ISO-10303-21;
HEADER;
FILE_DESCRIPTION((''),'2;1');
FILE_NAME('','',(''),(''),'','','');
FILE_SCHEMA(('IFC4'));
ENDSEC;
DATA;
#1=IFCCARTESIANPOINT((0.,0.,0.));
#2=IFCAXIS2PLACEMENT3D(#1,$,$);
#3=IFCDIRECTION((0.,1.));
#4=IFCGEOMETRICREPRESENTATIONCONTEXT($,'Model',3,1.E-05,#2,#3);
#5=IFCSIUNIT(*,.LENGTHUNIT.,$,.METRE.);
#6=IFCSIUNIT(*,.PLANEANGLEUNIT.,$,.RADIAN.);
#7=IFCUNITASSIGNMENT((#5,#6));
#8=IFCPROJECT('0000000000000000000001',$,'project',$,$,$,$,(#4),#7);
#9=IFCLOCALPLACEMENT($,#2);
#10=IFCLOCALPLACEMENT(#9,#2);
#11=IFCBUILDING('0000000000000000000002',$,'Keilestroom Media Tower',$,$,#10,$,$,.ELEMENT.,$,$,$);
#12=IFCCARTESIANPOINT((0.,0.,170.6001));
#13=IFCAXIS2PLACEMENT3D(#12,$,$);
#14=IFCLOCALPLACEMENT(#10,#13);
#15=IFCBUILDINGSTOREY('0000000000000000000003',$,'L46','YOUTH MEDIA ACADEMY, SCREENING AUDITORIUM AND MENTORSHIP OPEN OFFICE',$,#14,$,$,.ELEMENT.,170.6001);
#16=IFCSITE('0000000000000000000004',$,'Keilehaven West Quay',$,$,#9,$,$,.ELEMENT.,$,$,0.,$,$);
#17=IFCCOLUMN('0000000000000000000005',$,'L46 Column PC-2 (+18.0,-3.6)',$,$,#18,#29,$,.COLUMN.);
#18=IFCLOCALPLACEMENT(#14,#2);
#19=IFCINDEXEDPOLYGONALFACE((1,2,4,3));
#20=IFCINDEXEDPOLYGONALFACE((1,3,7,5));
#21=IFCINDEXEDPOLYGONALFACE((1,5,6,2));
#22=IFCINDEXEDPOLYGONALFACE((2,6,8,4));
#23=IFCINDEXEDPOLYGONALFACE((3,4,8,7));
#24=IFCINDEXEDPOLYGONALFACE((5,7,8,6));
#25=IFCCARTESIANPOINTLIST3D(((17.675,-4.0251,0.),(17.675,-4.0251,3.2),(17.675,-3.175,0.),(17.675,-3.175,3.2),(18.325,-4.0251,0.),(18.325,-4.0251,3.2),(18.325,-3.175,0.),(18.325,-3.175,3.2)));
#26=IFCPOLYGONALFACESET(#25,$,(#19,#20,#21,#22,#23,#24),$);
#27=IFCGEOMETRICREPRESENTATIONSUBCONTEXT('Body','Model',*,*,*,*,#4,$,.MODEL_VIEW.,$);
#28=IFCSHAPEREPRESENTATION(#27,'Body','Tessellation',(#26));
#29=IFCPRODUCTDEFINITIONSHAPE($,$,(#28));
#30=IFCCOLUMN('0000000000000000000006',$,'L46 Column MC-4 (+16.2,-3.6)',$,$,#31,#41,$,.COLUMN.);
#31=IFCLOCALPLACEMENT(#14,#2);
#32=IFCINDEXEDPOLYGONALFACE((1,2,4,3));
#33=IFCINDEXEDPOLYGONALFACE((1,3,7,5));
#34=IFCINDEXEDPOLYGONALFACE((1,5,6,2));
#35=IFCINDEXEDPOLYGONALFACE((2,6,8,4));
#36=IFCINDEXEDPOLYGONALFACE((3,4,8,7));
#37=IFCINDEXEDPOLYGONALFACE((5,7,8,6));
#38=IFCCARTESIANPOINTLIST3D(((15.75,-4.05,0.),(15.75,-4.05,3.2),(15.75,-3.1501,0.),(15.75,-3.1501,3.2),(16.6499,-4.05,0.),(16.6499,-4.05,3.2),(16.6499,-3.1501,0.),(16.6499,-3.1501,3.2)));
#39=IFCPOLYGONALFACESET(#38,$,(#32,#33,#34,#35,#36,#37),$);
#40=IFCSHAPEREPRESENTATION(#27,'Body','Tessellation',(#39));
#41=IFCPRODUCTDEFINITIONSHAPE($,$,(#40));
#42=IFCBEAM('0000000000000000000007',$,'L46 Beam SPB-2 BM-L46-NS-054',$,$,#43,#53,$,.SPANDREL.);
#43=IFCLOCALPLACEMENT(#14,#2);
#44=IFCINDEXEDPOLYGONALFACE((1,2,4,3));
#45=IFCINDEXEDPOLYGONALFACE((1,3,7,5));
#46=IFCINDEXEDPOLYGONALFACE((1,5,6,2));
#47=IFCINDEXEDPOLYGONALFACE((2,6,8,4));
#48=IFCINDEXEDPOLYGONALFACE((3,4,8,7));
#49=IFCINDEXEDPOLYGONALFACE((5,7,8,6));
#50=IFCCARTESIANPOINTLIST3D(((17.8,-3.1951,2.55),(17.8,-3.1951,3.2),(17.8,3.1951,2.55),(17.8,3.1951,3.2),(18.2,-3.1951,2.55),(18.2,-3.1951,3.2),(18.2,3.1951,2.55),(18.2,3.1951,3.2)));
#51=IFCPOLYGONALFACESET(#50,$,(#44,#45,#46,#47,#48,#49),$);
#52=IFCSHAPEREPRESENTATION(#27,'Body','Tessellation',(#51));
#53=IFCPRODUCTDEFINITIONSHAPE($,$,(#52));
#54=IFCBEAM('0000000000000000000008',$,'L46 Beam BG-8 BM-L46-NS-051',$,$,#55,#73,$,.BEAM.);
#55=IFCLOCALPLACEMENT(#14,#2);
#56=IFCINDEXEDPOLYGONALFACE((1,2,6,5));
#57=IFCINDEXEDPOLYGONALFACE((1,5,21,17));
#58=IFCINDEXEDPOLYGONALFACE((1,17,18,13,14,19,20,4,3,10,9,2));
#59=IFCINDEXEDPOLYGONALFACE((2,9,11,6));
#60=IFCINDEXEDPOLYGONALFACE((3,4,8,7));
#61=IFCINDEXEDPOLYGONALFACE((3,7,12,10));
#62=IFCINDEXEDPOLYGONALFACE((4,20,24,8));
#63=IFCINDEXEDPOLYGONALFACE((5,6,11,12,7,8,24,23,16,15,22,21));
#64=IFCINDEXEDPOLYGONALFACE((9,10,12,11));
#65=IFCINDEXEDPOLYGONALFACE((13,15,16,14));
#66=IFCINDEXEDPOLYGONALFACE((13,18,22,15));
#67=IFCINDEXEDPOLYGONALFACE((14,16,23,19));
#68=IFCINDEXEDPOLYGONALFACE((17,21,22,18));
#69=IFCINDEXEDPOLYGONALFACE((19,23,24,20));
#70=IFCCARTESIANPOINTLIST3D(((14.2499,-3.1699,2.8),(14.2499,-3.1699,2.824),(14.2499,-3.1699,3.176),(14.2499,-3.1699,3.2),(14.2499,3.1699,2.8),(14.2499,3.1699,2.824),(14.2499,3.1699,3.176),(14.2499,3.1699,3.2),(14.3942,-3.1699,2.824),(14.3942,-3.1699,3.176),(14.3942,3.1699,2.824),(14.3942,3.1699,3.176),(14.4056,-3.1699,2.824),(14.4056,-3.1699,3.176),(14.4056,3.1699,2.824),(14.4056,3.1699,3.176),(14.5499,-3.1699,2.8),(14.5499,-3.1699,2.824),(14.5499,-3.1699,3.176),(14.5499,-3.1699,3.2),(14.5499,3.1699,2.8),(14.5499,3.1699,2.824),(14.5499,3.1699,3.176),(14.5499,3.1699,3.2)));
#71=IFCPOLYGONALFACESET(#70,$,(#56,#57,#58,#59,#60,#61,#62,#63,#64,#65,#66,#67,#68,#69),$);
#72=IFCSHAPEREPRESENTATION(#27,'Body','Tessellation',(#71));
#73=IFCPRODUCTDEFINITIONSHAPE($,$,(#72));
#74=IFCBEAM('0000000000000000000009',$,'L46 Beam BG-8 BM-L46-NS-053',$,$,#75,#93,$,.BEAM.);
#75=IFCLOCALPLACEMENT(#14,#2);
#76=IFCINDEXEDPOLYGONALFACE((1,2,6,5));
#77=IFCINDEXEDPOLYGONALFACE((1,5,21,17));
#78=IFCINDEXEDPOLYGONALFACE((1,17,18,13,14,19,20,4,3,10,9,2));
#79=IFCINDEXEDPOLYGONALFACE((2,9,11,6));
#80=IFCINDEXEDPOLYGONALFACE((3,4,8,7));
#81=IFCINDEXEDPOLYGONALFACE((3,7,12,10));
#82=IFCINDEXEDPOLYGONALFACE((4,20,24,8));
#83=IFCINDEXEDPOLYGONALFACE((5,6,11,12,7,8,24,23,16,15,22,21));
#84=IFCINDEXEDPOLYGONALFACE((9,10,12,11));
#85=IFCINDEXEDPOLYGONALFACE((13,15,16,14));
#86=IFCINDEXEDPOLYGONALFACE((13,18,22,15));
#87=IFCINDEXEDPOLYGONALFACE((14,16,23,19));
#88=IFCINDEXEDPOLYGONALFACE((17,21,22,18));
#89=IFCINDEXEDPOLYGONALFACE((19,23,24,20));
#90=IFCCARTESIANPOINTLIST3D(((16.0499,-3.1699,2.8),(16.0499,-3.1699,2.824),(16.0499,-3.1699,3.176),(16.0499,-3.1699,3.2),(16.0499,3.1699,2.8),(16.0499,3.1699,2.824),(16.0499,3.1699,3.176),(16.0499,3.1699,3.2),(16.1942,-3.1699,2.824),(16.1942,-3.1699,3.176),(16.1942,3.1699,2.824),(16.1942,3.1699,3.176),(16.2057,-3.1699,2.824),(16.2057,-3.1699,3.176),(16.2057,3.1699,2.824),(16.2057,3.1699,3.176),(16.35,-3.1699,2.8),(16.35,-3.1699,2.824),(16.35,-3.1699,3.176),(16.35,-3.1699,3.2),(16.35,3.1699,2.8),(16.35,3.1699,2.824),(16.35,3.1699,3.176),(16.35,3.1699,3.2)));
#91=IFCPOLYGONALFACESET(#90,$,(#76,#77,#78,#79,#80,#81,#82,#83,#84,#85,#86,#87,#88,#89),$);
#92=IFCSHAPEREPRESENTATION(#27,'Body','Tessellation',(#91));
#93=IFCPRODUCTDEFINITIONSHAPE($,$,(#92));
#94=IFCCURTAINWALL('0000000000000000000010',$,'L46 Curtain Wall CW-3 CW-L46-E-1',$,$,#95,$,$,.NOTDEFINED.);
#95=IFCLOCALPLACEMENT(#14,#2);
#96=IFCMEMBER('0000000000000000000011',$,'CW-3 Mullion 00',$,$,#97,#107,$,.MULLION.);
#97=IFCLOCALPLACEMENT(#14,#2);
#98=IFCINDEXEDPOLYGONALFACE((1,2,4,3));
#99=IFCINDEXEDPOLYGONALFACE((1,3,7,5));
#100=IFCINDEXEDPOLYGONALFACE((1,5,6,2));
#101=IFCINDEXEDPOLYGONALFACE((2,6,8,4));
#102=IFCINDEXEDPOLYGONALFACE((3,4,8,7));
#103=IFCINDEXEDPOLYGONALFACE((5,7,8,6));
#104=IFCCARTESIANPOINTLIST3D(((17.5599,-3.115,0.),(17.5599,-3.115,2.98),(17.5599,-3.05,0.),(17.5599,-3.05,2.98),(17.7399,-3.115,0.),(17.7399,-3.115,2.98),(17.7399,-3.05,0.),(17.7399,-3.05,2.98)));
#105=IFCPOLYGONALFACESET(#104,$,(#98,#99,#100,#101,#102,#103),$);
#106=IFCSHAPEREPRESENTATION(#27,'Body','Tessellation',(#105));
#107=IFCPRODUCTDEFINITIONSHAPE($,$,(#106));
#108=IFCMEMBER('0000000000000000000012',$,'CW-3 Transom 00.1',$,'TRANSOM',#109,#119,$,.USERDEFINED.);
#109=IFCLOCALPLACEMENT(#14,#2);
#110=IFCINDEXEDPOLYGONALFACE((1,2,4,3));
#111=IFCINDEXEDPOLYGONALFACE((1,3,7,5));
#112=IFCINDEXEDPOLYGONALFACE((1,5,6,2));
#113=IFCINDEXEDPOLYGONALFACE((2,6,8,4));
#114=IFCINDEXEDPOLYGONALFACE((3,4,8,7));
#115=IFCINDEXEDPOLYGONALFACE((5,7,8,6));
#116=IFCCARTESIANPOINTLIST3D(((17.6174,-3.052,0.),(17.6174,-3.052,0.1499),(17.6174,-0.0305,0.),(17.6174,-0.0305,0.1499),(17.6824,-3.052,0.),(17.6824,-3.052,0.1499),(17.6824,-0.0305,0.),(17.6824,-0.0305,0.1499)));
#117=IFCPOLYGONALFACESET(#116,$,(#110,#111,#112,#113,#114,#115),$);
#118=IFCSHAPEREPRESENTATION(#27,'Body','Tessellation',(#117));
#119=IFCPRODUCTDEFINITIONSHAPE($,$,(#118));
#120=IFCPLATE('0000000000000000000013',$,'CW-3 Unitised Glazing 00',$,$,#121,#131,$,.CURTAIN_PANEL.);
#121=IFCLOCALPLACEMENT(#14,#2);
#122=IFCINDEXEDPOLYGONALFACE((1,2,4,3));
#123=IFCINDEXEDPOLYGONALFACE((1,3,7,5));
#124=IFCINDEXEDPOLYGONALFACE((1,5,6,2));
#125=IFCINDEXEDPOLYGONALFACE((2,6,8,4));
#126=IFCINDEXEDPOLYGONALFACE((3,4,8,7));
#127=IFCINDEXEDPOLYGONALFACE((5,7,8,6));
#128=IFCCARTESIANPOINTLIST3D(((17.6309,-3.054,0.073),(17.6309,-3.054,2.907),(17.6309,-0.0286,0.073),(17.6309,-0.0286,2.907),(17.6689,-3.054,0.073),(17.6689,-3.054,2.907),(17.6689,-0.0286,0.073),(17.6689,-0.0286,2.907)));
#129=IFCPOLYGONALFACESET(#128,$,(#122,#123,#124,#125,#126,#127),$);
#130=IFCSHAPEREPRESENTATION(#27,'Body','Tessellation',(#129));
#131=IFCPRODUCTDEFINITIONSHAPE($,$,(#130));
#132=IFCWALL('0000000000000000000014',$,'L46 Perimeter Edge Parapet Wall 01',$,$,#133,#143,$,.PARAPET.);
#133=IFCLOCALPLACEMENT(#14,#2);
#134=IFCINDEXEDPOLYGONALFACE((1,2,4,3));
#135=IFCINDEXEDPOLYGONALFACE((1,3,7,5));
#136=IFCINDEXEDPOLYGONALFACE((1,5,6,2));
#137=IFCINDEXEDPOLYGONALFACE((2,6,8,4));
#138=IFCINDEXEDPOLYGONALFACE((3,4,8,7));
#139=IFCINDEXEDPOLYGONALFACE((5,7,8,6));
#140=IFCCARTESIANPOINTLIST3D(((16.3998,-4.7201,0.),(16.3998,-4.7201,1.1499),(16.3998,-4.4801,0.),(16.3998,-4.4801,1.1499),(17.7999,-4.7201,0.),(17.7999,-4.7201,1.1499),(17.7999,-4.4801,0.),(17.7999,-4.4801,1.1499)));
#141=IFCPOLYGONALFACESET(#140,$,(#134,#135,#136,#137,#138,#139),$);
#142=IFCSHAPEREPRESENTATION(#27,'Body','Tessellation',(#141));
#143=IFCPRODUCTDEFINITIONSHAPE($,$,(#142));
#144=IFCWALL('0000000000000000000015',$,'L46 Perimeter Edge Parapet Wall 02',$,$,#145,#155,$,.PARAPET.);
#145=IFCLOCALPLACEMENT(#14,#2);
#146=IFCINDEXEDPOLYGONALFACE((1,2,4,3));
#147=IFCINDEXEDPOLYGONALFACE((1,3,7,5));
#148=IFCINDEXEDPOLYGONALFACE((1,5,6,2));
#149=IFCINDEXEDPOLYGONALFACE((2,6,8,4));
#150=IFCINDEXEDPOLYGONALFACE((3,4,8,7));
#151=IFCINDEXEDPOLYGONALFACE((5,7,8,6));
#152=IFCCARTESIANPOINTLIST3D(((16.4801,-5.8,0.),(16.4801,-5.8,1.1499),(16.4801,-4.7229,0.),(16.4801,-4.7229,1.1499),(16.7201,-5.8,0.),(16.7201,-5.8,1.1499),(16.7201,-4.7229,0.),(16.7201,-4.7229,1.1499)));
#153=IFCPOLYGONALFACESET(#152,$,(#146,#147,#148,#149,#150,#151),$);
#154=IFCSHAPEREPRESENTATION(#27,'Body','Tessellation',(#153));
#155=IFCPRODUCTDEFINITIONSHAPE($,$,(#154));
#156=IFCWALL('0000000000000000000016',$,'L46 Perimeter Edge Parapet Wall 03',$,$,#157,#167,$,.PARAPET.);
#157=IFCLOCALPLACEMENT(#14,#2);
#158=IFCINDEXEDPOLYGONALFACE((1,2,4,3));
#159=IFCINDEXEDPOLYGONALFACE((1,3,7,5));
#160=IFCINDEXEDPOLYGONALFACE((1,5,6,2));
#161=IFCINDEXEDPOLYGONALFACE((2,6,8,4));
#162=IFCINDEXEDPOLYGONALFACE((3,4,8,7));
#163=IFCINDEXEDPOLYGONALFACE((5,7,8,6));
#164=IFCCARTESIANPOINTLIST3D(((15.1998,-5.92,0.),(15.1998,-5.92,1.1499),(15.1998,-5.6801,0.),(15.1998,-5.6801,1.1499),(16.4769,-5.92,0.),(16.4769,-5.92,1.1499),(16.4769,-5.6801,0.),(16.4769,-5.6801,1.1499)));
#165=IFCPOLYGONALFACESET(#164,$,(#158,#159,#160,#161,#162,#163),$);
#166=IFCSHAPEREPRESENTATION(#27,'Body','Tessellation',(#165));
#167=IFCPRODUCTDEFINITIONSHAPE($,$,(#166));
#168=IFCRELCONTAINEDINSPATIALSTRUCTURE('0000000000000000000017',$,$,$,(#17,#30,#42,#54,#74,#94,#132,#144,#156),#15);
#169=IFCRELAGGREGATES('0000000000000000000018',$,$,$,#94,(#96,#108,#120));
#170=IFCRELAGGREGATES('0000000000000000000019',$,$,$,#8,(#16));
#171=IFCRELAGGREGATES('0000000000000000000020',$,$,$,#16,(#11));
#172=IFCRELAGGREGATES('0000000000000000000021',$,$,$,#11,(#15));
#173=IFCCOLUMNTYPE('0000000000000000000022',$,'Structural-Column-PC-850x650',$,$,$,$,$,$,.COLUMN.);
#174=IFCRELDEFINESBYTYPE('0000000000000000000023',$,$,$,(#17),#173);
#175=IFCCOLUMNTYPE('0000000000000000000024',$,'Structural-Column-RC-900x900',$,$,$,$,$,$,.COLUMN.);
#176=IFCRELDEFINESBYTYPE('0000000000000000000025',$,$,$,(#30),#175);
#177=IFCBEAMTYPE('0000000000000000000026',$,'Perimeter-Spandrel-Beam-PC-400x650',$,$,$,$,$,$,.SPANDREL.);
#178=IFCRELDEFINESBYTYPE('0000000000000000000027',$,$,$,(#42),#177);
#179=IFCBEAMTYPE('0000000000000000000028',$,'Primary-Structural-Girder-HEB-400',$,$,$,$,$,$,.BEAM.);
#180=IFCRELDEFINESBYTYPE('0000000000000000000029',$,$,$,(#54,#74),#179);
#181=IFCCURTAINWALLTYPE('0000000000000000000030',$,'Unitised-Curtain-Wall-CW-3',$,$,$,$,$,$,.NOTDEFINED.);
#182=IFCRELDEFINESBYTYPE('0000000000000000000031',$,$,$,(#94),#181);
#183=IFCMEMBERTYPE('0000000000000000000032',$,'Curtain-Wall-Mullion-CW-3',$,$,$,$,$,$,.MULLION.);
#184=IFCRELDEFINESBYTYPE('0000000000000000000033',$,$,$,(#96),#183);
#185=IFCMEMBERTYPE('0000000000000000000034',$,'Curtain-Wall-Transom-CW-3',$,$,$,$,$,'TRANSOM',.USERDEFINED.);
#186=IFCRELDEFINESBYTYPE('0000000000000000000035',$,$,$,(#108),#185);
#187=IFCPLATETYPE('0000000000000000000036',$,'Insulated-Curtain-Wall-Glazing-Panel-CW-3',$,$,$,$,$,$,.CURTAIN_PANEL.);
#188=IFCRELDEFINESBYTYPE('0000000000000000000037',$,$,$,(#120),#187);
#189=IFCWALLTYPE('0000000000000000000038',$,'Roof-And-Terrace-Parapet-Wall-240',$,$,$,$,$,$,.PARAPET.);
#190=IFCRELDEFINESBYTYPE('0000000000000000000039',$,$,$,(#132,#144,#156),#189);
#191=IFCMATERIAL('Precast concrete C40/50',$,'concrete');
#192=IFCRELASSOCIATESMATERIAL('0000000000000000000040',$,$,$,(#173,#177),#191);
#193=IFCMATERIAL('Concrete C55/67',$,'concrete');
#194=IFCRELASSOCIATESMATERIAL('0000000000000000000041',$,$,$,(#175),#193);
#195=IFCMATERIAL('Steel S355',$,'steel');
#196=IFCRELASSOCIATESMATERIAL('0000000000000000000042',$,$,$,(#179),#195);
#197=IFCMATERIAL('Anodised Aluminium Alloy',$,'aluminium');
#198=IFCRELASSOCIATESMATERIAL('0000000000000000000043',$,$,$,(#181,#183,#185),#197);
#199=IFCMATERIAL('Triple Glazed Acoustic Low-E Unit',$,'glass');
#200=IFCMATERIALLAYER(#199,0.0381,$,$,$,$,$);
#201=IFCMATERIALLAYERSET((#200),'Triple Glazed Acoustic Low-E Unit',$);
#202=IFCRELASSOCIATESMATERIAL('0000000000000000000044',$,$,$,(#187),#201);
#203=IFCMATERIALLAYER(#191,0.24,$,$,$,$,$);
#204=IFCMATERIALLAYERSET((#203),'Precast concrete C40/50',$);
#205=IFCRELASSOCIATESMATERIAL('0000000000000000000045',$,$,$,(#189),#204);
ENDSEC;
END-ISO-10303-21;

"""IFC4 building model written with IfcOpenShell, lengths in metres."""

from ifc_helpers import new_model, si_unit, direction, frame, frame_2d, origin, origin_2d, place, context, subcontext, project, spatial, rectangle, i_section, extrude, source, transform, mapped, material, layer, layer_set, material_profile, profile_set, type_object, element, aggregate, save


model = new_model("IFC4")

# Units and contexts
model_context = context("Model", 3, precision=1e-05, world=origin(), true_north=direction((0.0, 1.0)))
body_context = subcontext(model_context, "Body", "Model", "MODEL_VIEW")
ifc_project = project(units=[si_unit("LENGTHUNIT", "METRE"), si_unit("PLANEANGLEUNIT", "RADIAN")], contexts=[model_context])

# Site, building, storey
site_placement = place(None, origin())
site = spatial("IfcSite", under=ifc_project, at=site_placement, Name="Keilehaven West Quay", CompositionType="ELEMENT", RefElevation=0.0)
building_placement = place(site_placement, origin())
building = spatial("IfcBuilding", under=site, at=building_placement, Name="Keilestroom Media Tower", CompositionType="ELEMENT")
storey_placement = place(building_placement, frame((0.0, 0.0, 170.6001)))
storey = spatial("IfcBuildingStorey", under=building, at=storey_placement, Name="L46", Description="YOUTH MEDIA ACADEMY, SCREENING AUDITORIUM AND MENTORSHIP OPEN OFFICE", CompositionType="ELEMENT", Elevation=170.6001)

# Columns
ifc_material_1 = material(Name="Precast concrete C40/50", Category="concrete")
ifc_material_profile_1 = material_profile(ifc_material_1, rectangle(XDim=0.6499, YDim=0.8501, at=origin_2d()), Name="PC 850x650")
ifc_profile_set_1 = profile_set([ifc_material_profile_1], Name="Precast concrete C40/50")
column_type_1 = type_object("IfcColumnType", Name="Structural-Column-PC-850x650", PredefinedType="COLUMN", material=ifc_profile_set_1)
shared_shape_1 = source(origin(), body_context, "Body", "SweptSolid", [
    extrude(rectangle(XDim=0.6499, YDim=0.8501, at=origin_2d()), origin(), (0.0, 0.0, 1.0), 3.2),
])
column_1_placement = place(storey_placement, frame((18.0, -3.6001, 0.0), z_axis=(0.0, 0.0, 1.0), x_axis=(1.0, 0.0, 0.0)))
element("IfcColumn", 1, at=column_1_placement, inside=storey, type_object=column_type_1, Name="L46 Column PC-2 (+18.0,-3.6)", PredefinedType="COLUMN", context=body_context, shape_type="MappedRepresentation", body=[
    mapped(shared_shape_1, transform((0.0, 0.0, 0.0), x_axis=(1.0, 0.0, 0.0), y_axis=(0.0, 1.0, 0.0), z_axis=(0.0, 0.0, 1.0), scale=1.0)),
])
ifc_material_2 = material(Name="Concrete C55/67", Category="concrete")
ifc_material_profile_2 = material_profile(ifc_material_2, rectangle(XDim=0.8999, YDim=0.8999, at=origin_2d()), Name="RC 900x900")
ifc_profile_set_2 = profile_set([ifc_material_profile_2], Name="Concrete C55/67")
column_type_2 = type_object("IfcColumnType", Name="Structural-Column-RC-900x900", PredefinedType="COLUMN", material=ifc_profile_set_2)
shared_shape_2 = source(origin(), body_context, "Body", "SweptSolid", [
    extrude(rectangle(XDim=0.8999, YDim=0.8999, at=origin_2d()), origin(), (0.0, 0.0, 1.0), 3.2),
])
column_2_placement = place(storey_placement, frame((16.2, -3.6001, 0.0), z_axis=(0.0, 0.0, 1.0), x_axis=(1.0, 0.0, 0.0)))
element("IfcColumn", 2, at=column_2_placement, inside=storey, type_object=column_type_2, Name="L46 Column MC-4 (+16.2,-3.6)", PredefinedType="COLUMN", context=body_context, shape_type="MappedRepresentation", body=[
    mapped(shared_shape_2, transform((0.0, 0.0, 0.0), x_axis=(1.0, 0.0, 0.0), y_axis=(0.0, 1.0, 0.0), z_axis=(0.0, 0.0, 1.0), scale=1.0)),
])

# Beams
ifc_material_profile_3 = material_profile(ifc_material_1, rectangle(XDim=0.3999, YDim=0.6499, at=origin_2d()), Name="PC 400x650")
ifc_profile_set_3 = profile_set([ifc_material_profile_3], Name="Precast concrete C40/50")
beam_type_1 = type_object("IfcBeamType", Name="Perimeter-Spandrel-Beam-PC-400x650", PredefinedType="SPANDREL", material=ifc_profile_set_3)
shared_shape_3 = source(origin(), body_context, "Body", "SweptSolid", [
    extrude(rectangle(XDim=0.3999, YDim=0.6499, at=origin_2d()), origin(), (0.0, 0.0, 1.0), 6.3901),
])
beam_placement = place(storey_placement, frame((18.0, -3.1951, 2.875), z_axis=(0.0, 1.0, 0.0), x_axis=(-1.0, 0.0, 0.0)))
element("IfcBeam", 3, at=beam_placement, inside=storey, type_object=beam_type_1, Name="L46 Beam SPB-2 BM-L46-NS-054", PredefinedType="SPANDREL", context=body_context, shape_type="MappedRepresentation", body=[
    mapped(shared_shape_3, transform((0.0, 0.0, 0.0), x_axis=(1.0, 0.0, 0.0), y_axis=(0.0, 1.0, 0.0), z_axis=(0.0, 0.0, 1.0), scale=1.0)),
])
ifc_material_3 = material(Name="Steel S355", Category="steel")
ifc_material_profile_4 = material_profile(ifc_material_3, i_section(OverallWidth=0.3, OverallDepth=0.3999, WebThickness=0.0115, FlangeThickness=0.0239, at=origin_2d()), Name="HEB 400")
ifc_profile_set_4 = profile_set([ifc_material_profile_4], Name="Steel S355")
beam_type_2 = type_object("IfcBeamType", Name="Primary-Structural-Girder-HEB-400", PredefinedType="BEAM", material=ifc_profile_set_4)
shared_shape_4 = source(origin(), body_context, "Body", "SweptSolid", [
    extrude(i_section(OverallWidth=0.3, OverallDepth=0.3999, WebThickness=0.0115, FlangeThickness=0.0239, at=origin_2d()), origin(), (0.0, 0.0, 1.0), 6.3398),
])
for number, where, z_axis, x_axis, name in (
    (4, (14.3999, -3.1699, 3.0), (0.0, 1.0, 0.0), (-1.0, 0.0, 0.0), "L46 Beam BG-8 BM-L46-NS-051"),
    (5, (16.2, -3.1699, 3.0), (0.0, 1.0, 0.0), (-1.0, 0.0, 0.0), "L46 Beam BG-8 BM-L46-NS-053"),
):
    element("IfcBeam", number, at=place(storey_placement, frame(where, z_axis=z_axis, x_axis=x_axis)), inside=storey, type_object=beam_type_2, Name=name, PredefinedType="BEAM", context=body_context, shape_type="MappedRepresentation", body=[
        mapped(shared_shape_4, transform((0.0, 0.0, 0.0), x_axis=(1.0, 0.0, 0.0), y_axis=(0.0, 1.0, 0.0), z_axis=(0.0, 0.0, 1.0), scale=1.0)),
    ])

# Curtain wall, members, plate
ifc_material_4 = material(Name="Anodised Aluminium Alloy", Category="aluminium")
curtain_wall_type = type_object("IfcCurtainWallType", Name="Unitised-Curtain-Wall-CW-3", PredefinedType="NOTDEFINED", material=ifc_material_4)
curtain_wall_placement = place(storey_placement, origin())
curtain_wall = element("IfcCurtainWall", 6, at=curtain_wall_placement, inside=storey, type_object=curtain_wall_type, Name="L46 Curtain Wall CW-3 CW-L46-E-1", PredefinedType="NOTDEFINED")
ifc_material_profile_5 = material_profile(ifc_material_4, rectangle(XDim=0.0649, YDim=0.1799, at=origin_2d()), Name="ALU MULLION 65x180")
ifc_profile_set_5 = profile_set([ifc_material_profile_5], Name="Anodised Aluminium Alloy")
member_type_1 = type_object("IfcMemberType", Name="Curtain-Wall-Mullion-CW-3", PredefinedType="MULLION", material=ifc_profile_set_5)
shared_shape_5 = source(origin(), body_context, "Body", "SweptSolid", [
    extrude(rectangle(XDim=0.0649, YDim=0.1799, at=origin_2d()), origin(), (0.0, 0.0, 1.0), 2.98),
])
member_1_placement = place(storey_placement, frame((17.6499, -3.0825, 0.0), z_axis=(0.0, 0.0, 1.0), x_axis=(0.0, 1.0, 0.0)))
member_1 = element("IfcMember", 7, at=member_1_placement, type_object=member_type_1, Name="CW-3 Mullion 00", PredefinedType="MULLION", context=body_context, shape_type="MappedRepresentation", body=[
    mapped(shared_shape_5, transform((0.0, 0.0, 0.0), x_axis=(1.0, 0.0, 0.0), y_axis=(0.0, 1.0, 0.0), z_axis=(0.0, 0.0, 1.0), scale=1.0)),
])
ifc_material_profile_6 = material_profile(ifc_material_4, rectangle(XDim=0.0649, YDim=0.1499, at=origin_2d()), Name="ALU TRANSOM 65x150")
ifc_profile_set_6 = profile_set([ifc_material_profile_6], Name="Anodised Aluminium Alloy")
member_type_2 = type_object("IfcMemberType", Name="Curtain-Wall-Transom-CW-3", ElementType="TRANSOM", PredefinedType="USERDEFINED", material=ifc_profile_set_6)
shared_shape_6 = source(origin(), body_context, "Body", "SweptSolid", [
    extrude(rectangle(XDim=0.0649, YDim=0.1499, at=origin_2d()), origin(), (0.0, 0.0, 1.0), 3.0215),
])
member_2_placement = place(storey_placement, frame((17.6499, -3.052, 0.075), z_axis=(0.0, 1.0, 0.0), x_axis=(-1.0, 0.0, 0.0)))
member_2 = element("IfcMember", 8, at=member_2_placement, type_object=member_type_2, Name="CW-3 Transom 00.1", ObjectType="TRANSOM", PredefinedType="USERDEFINED", context=body_context, shape_type="MappedRepresentation", body=[
    mapped(shared_shape_6, transform((0.0, 0.0, 0.0), x_axis=(1.0, 0.0, 0.0), y_axis=(0.0, 1.0, 0.0), z_axis=(0.0, 0.0, 1.0), scale=1.0)),
])
ifc_material_5 = material(Name="Triple Glazed Acoustic Low-E Unit", Category="glass")
ifc_layer_1 = layer(ifc_material_5, 0.0381)
ifc_layer_set_1 = layer_set([ifc_layer_1], Name="Triple Glazed Acoustic Low-E Unit")
plate_type = type_object("IfcPlateType", Name="Insulated-Curtain-Wall-Glazing-Panel-CW-3", PredefinedType="CURTAIN_PANEL", material=ifc_layer_set_1)
shared_shape_7 = source(origin(), body_context, "Body", "SweptSolid", [
    extrude(rectangle(XDim=3.0254, YDim=0.0381, at=origin_2d()), origin(), (0.0, 0.0, 1.0), 2.834),
])
plate_placement = place(storey_placement, frame((17.6499, -1.5413, 0.073), z_axis=(0.0, 0.0, 1.0), x_axis=(0.0, 1.0, 0.0)))
plate = element("IfcPlate", 9, at=plate_placement, type_object=plate_type, Name="CW-3 Unitised Glazing 00", PredefinedType="CURTAIN_PANEL", context=body_context, shape_type="MappedRepresentation", body=[
    mapped(shared_shape_7, transform((0.0, 0.0, 0.0), x_axis=(1.0, 0.0, 0.0), y_axis=(0.0, 1.0, 0.0), z_axis=(0.0, 0.0, 1.0), scale=1.0)),
])
aggregate(curtain_wall, [member_1, member_2, plate])

# Walls
ifc_layer_2 = layer(ifc_material_1, 0.24)
ifc_layer_set_2 = layer_set([ifc_layer_2], Name="Precast concrete C40/50")
wall_type = type_object("IfcWallType", Name="Roof-And-Terrace-Parapet-Wall-240", PredefinedType="PARAPET", material=ifc_layer_set_2)
wall_1_placement = place(storey_placement, frame((17.8, -4.6001, 0.0), z_axis=(0.0, 0.0, 1.0), x_axis=(-1.0, 0.0, 0.0)))
element("IfcWall", 10, at=wall_1_placement, inside=storey, type_object=wall_type, Name="L46 Perimeter Edge Parapet Wall 01", PredefinedType="PARAPET", context=body_context, shape_type="SweptSolid", body=[
    extrude(rectangle(XDim=1.4001, YDim=0.24, at=frame_2d((0.7002, 0.0))), origin(), (0.0, 0.0, 1.0), 1.1499),
])
wall_2_placement = place(storey_placement, frame((16.6001, -4.7229, 0.0), z_axis=(0.0, 0.0, 1.0), x_axis=(0.0, -1.0, 0.0)))
element("IfcWall", 11, at=wall_2_placement, inside=storey, type_object=wall_type, Name="L46 Perimeter Edge Parapet Wall 02", PredefinedType="PARAPET", context=body_context, shape_type="SweptSolid", body=[
    extrude(rectangle(XDim=1.0771, YDim=0.24, at=frame_2d((0.5386, 0.0))), origin(), (0.0, 0.0, 1.0), 1.1499),
])
wall_3_placement = place(storey_placement, frame((16.4771, -5.8, 0.0), z_axis=(0.0, 0.0, 1.0), x_axis=(-1.0, 0.0, 0.0)))
element("IfcWall", 12, at=wall_3_placement, inside=storey, type_object=wall_type, Name="L46 Perimeter Edge Parapet Wall 03", PredefinedType="PARAPET", context=body_context, shape_type="SweptSolid", body=[
    extrude(rectangle(XDim=1.2771, YDim=0.24, at=frame_2d((0.6387, 0.0))), origin(), (0.0, 0.0, 1.0), 1.1499),
])

save(model, "model.ifc")
